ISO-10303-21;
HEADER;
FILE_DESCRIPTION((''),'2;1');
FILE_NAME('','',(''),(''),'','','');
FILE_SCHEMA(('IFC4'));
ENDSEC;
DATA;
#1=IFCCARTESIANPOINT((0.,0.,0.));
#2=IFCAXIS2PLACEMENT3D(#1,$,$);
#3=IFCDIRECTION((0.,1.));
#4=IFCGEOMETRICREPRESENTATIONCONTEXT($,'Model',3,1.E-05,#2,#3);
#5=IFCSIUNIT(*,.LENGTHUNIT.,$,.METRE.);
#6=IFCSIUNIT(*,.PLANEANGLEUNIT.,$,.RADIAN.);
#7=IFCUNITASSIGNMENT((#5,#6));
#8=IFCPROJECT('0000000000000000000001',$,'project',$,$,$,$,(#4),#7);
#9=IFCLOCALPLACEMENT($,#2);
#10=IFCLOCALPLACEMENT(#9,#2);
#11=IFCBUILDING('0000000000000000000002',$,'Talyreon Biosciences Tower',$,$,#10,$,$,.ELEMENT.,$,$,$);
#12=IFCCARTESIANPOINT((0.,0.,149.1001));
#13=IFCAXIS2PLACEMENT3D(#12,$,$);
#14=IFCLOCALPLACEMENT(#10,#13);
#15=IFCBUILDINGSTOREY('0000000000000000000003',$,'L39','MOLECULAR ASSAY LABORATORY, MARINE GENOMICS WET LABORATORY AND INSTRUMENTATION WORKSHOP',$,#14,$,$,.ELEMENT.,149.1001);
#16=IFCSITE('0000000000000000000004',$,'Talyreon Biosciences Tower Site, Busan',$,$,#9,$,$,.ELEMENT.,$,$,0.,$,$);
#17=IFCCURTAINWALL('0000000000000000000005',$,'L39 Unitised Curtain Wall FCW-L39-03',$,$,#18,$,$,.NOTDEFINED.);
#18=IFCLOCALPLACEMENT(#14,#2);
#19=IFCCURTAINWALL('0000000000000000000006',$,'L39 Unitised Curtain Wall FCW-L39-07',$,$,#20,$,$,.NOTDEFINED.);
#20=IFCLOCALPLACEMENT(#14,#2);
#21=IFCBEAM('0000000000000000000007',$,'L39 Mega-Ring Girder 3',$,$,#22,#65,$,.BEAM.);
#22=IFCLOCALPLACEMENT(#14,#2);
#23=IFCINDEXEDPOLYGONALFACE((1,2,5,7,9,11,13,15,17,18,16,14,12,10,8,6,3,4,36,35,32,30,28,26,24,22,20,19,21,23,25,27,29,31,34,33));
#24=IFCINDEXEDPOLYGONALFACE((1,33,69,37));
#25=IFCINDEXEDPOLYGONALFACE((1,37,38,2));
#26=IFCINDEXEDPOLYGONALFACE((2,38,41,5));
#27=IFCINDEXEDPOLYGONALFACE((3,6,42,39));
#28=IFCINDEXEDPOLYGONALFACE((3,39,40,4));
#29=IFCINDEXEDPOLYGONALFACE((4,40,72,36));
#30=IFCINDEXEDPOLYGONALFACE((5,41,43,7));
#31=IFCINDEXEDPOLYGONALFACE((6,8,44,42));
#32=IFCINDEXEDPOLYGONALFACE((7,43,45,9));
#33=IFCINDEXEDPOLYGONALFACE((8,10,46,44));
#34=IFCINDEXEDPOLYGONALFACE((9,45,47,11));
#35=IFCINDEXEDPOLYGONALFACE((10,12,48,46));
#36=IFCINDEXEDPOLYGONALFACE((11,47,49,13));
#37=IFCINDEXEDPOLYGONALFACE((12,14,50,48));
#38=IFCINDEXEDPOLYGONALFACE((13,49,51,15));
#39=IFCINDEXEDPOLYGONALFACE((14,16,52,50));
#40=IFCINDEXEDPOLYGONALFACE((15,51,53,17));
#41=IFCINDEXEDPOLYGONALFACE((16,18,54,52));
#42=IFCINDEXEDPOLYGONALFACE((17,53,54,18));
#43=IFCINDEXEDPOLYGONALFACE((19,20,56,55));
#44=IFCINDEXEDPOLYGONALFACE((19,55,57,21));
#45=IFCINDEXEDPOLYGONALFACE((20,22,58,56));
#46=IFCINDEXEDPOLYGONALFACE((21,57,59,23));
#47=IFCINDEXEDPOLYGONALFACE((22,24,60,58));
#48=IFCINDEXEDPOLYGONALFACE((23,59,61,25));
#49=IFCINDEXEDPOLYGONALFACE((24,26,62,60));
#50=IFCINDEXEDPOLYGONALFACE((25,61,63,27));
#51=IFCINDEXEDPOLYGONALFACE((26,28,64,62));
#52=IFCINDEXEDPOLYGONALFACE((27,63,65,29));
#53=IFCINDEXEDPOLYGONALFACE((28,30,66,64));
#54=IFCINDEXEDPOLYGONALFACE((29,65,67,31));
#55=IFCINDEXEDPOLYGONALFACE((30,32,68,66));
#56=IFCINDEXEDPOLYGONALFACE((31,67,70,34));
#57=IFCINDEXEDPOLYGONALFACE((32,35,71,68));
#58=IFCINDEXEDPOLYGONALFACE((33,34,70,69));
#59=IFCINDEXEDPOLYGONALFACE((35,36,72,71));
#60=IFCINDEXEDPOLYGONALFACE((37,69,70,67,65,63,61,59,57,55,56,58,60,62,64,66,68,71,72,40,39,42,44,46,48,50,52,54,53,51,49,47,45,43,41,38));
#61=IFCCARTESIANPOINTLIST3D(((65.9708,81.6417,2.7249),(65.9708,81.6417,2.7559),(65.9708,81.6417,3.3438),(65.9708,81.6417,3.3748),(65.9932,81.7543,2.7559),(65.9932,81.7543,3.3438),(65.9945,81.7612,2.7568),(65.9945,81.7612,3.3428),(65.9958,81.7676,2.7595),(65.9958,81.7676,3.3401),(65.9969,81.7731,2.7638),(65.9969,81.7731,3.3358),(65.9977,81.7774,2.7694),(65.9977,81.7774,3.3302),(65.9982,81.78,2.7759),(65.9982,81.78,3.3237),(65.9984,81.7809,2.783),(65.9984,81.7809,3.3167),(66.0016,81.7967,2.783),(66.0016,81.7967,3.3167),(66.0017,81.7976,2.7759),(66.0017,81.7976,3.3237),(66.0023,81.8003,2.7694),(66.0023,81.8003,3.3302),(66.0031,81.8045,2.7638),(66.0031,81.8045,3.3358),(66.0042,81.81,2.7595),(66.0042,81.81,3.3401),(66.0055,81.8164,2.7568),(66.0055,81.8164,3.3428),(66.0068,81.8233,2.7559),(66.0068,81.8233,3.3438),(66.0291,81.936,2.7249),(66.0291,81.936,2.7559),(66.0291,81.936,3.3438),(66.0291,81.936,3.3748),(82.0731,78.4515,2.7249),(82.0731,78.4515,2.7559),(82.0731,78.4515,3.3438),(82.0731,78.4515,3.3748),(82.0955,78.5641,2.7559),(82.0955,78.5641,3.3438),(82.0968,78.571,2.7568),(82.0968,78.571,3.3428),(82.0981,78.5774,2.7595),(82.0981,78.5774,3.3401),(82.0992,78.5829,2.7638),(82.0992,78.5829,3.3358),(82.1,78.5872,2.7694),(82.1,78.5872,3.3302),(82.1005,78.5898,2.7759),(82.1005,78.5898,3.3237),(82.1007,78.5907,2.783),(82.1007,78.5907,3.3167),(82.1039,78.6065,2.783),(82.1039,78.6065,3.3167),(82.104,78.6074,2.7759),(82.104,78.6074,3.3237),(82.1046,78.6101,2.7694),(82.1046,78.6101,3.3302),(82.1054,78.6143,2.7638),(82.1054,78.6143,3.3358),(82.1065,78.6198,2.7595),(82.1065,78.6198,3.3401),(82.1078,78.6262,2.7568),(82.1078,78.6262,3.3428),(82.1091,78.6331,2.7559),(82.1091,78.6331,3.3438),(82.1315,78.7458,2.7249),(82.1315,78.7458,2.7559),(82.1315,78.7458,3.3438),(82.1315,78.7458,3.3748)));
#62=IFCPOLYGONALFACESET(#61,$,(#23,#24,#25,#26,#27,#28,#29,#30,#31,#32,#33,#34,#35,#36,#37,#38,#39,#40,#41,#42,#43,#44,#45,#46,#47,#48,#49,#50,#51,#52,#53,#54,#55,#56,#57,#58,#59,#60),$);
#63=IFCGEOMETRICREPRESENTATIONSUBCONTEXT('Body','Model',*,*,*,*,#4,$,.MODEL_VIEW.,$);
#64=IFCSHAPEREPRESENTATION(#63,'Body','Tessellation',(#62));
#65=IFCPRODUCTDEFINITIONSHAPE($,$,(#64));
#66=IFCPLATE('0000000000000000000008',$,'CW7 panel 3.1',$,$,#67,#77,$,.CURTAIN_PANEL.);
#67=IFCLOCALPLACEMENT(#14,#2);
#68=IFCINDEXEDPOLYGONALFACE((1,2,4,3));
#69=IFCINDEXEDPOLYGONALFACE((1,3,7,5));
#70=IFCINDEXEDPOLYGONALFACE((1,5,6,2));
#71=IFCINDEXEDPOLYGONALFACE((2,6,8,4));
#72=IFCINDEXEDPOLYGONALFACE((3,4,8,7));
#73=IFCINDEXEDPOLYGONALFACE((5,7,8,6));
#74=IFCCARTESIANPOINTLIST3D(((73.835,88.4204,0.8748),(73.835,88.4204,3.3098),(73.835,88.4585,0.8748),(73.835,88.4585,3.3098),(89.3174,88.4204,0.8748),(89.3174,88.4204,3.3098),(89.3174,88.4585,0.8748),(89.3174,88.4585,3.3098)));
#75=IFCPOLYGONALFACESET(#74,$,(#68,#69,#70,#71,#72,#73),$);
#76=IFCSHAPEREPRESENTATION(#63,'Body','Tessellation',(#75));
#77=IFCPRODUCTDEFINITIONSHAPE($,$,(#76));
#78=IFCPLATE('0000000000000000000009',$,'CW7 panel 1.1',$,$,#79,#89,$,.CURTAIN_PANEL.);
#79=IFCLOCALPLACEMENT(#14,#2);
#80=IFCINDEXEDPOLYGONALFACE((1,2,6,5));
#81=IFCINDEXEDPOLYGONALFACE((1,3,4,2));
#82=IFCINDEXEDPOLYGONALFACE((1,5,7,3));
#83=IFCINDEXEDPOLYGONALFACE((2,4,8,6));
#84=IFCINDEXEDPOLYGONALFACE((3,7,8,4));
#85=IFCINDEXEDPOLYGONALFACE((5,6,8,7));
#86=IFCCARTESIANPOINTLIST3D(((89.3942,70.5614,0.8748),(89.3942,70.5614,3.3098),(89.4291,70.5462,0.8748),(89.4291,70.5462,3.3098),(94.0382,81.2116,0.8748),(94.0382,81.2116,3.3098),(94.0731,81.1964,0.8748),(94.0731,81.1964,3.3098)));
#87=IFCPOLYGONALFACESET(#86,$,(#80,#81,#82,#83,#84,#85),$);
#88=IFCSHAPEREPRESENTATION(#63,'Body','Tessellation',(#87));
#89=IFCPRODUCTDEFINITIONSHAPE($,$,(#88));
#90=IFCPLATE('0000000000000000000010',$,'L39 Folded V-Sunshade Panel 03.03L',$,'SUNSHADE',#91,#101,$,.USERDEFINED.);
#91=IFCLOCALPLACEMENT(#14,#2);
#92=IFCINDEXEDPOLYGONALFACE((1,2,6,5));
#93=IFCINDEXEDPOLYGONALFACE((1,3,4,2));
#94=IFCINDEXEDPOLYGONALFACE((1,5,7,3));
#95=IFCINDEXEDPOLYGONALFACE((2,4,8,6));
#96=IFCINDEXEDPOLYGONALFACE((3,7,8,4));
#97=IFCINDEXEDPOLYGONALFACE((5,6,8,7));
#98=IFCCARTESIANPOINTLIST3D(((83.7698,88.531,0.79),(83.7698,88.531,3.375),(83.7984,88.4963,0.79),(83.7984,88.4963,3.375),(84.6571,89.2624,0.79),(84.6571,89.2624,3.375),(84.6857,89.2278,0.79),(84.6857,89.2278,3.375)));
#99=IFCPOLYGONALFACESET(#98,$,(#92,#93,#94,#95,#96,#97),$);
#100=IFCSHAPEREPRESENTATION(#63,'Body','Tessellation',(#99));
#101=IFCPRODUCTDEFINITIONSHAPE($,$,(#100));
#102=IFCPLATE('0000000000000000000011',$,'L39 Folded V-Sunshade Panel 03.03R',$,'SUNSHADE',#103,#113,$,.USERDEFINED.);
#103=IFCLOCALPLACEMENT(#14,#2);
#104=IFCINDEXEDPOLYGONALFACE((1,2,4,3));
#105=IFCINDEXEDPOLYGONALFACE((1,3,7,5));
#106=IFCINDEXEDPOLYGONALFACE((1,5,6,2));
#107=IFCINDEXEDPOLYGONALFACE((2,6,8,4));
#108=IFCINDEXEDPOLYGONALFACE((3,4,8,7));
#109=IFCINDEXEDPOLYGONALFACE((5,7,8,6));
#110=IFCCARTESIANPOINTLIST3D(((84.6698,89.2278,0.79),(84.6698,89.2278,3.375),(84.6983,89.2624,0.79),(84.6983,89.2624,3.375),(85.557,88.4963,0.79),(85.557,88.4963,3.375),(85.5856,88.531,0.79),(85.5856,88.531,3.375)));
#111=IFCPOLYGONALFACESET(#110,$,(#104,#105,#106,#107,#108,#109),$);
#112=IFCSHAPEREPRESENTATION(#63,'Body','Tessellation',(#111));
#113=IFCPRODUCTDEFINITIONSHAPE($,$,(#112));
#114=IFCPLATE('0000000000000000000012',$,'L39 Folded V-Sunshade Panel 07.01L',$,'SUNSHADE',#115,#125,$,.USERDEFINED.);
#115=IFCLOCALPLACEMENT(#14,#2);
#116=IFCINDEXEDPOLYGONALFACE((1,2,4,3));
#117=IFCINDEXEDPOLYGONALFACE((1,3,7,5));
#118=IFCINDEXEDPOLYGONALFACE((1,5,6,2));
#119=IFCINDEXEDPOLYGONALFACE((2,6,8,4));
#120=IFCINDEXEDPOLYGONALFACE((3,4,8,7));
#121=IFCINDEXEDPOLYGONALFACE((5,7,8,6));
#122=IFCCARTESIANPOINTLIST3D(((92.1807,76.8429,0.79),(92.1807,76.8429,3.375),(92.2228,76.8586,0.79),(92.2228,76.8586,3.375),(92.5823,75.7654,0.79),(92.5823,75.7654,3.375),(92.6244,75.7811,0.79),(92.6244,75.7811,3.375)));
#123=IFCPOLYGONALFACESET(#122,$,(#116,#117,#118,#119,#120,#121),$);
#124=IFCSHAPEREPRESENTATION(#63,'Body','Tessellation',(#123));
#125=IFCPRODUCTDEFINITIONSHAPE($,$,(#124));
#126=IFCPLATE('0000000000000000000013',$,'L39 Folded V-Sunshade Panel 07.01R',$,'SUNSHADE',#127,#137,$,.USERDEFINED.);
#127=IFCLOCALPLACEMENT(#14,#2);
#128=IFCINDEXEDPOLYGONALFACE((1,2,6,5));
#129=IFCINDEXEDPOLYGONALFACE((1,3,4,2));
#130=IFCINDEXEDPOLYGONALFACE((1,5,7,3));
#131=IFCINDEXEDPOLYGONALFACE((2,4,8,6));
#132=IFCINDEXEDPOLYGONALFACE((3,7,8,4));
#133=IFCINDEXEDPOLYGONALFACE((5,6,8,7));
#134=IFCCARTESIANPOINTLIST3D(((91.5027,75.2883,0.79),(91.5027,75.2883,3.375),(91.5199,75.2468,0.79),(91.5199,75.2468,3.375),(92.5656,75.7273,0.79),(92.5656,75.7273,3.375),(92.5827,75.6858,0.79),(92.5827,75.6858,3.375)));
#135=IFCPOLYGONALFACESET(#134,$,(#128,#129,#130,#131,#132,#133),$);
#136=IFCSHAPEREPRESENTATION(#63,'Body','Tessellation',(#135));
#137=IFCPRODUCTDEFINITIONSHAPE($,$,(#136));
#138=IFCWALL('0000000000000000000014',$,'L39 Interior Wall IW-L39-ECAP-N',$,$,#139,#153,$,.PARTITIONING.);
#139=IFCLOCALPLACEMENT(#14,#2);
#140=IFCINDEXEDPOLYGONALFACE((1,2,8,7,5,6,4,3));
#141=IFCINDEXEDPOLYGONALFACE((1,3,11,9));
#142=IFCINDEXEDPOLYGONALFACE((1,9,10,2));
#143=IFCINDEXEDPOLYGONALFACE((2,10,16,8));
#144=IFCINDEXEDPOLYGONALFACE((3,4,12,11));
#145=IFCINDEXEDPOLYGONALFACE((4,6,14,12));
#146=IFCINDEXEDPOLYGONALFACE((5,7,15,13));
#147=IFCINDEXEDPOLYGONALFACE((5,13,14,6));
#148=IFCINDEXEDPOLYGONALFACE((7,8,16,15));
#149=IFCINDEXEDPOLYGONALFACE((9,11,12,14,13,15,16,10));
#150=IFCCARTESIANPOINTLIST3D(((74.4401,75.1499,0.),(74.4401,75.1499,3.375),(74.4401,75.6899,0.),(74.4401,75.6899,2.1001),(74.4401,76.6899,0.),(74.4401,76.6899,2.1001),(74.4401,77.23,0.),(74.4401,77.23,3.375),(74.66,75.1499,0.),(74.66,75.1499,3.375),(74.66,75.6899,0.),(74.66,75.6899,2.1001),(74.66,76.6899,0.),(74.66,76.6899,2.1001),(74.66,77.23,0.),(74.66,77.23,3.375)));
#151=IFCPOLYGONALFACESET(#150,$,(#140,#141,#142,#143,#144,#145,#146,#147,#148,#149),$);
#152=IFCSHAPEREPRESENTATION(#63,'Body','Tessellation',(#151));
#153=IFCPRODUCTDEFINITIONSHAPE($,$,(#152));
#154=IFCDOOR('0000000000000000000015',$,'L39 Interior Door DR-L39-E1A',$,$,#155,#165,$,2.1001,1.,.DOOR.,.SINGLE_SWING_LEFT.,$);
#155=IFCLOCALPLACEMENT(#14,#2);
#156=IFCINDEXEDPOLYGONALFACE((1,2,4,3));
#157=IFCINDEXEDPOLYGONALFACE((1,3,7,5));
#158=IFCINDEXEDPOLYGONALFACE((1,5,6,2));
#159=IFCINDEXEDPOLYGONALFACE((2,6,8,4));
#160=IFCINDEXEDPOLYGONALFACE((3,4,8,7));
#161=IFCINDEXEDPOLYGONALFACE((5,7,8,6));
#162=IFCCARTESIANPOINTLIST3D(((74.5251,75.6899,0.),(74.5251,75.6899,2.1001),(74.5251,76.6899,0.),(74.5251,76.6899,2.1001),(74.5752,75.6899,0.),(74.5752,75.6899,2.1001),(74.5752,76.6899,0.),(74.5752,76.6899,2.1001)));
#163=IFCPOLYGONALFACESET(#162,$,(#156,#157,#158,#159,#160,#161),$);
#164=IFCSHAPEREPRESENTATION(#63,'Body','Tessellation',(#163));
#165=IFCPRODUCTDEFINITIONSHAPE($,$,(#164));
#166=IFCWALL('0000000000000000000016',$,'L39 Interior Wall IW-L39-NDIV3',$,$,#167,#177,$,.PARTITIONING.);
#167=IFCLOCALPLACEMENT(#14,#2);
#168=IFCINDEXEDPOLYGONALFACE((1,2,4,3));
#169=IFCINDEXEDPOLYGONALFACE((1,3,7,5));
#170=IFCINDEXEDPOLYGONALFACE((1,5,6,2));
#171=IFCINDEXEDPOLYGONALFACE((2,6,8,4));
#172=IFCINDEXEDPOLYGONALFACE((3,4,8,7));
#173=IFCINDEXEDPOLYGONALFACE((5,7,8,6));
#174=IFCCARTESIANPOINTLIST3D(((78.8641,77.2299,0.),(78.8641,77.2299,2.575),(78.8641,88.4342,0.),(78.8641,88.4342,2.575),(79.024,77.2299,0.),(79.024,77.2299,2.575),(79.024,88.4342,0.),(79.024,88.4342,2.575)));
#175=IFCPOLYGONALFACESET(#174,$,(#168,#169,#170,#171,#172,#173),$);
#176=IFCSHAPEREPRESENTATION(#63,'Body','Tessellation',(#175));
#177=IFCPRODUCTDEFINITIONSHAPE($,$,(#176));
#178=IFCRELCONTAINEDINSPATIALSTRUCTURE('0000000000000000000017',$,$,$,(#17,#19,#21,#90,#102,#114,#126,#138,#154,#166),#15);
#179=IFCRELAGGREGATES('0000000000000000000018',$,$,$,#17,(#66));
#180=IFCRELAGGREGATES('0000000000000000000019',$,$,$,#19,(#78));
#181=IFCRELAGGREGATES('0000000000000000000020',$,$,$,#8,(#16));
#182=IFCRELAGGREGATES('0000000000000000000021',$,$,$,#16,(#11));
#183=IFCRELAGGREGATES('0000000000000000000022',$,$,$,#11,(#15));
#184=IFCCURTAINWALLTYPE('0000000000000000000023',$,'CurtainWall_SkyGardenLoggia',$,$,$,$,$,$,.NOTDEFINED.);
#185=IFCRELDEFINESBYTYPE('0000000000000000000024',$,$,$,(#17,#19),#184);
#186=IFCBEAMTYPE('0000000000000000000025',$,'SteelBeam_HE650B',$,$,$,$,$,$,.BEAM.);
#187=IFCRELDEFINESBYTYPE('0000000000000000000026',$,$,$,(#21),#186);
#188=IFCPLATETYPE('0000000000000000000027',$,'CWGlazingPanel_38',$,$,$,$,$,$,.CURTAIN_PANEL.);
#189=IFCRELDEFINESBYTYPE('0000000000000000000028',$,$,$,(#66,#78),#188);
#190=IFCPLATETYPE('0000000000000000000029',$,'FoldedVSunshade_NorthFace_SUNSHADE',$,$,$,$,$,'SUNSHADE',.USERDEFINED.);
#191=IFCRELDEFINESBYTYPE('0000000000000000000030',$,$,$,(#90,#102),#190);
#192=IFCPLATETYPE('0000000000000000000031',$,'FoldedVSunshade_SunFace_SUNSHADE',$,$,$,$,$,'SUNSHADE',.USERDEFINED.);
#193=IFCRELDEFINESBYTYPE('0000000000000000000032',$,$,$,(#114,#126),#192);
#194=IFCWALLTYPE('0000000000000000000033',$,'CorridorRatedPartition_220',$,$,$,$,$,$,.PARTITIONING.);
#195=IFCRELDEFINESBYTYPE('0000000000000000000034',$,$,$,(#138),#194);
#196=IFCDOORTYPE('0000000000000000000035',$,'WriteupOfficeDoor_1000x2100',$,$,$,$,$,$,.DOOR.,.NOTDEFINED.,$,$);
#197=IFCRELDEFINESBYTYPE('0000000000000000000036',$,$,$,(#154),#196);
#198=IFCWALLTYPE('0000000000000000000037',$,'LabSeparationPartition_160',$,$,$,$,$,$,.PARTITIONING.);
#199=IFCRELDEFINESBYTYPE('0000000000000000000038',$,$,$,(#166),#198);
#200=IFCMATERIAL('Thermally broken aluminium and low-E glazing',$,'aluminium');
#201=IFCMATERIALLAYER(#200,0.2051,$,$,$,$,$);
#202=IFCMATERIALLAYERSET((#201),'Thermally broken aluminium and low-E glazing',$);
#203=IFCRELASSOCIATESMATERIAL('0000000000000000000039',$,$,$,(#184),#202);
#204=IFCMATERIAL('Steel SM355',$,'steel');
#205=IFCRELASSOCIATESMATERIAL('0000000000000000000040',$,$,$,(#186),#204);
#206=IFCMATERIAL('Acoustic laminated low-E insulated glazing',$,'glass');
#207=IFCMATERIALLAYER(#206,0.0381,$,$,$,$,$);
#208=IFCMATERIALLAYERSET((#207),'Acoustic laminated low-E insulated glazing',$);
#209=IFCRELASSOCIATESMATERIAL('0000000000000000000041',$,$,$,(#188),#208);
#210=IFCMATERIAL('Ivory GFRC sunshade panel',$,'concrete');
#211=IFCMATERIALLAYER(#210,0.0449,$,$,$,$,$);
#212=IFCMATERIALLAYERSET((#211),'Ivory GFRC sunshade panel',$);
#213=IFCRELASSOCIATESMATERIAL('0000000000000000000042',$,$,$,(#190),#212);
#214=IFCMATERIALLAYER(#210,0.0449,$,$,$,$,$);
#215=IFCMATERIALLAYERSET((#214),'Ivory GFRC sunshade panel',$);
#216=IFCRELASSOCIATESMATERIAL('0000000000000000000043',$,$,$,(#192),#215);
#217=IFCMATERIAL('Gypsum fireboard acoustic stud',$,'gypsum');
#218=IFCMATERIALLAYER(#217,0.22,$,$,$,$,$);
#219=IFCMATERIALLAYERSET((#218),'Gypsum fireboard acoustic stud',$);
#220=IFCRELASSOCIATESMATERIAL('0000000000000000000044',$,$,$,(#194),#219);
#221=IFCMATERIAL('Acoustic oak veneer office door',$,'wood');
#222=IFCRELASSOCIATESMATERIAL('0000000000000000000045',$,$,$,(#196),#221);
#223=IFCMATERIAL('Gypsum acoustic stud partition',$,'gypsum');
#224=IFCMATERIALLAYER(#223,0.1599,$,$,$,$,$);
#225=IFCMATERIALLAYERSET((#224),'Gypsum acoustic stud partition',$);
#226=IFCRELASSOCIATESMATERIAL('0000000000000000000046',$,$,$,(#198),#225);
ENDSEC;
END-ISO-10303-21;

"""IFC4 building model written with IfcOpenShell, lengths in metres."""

from ifc_helpers import new_model, si_unit, direction, frame, frame_2d, origin, origin_2d, place, context, subcontext, project, spatial, rectangle, i_section, extrude, material, layer, layer_set, material_profile, profile_set, type_object, element, fill, aggregate, save


model = new_model("IFC4")

# Units and contexts
model_context = context("Model", 3, precision=1e-05, world=origin(), true_north=direction((0.0, 1.0)))
body_context = subcontext(model_context, "Body", "Model", "MODEL_VIEW")
ifc_project = project(units=[si_unit("LENGTHUNIT", "METRE"), si_unit("PLANEANGLEUNIT", "RADIAN")], contexts=[model_context])

# Site, building, storey
site_placement = place(None, origin())
site = spatial("IfcSite", under=ifc_project, at=site_placement, Name="Talyreon Biosciences Tower Site, Busan", CompositionType="ELEMENT", RefElevation=0.0)
building_placement = place(site_placement, origin())
building = spatial("IfcBuilding", under=site, at=building_placement, Name="Talyreon Biosciences Tower", CompositionType="ELEMENT")
storey_placement = place(building_placement, frame((0.0, 0.0, 149.1001)))
storey = spatial("IfcBuildingStorey", under=building, at=storey_placement, Name="L39", Description="MOLECULAR ASSAY LABORATORY, MARINE GENOMICS WET LABORATORY AND INSTRUMENTATION WORKSHOP", CompositionType="ELEMENT", Elevation=149.1001)

# Curtain wall
ifc_material_1 = material(Name="Thermally broken aluminium and low-E glazing", Category="aluminium")
ifc_layer_1 = layer(ifc_material_1, 0.2051)
ifc_layer_set_1 = layer_set([ifc_layer_1], Name="Thermally broken aluminium and low-E glazing")
curtain_wall_type = type_object("IfcCurtainWallType", Name="CurtainWall_SkyGardenLoggia", PredefinedType="NOTDEFINED", material=ifc_layer_set_1)
curtain_wall_1_placement = place(storey_placement, origin())
curtain_wall_1 = element("IfcCurtainWall", 1, at=curtain_wall_1_placement, inside=storey, type_object=curtain_wall_type, Name="L39 Unitised Curtain Wall FCW-L39-03", PredefinedType="NOTDEFINED")

# Curtain wall
curtain_wall_2_placement = place(storey_placement, origin())
curtain_wall_2 = element("IfcCurtainWall", 2, at=curtain_wall_2_placement, inside=storey, type_object=curtain_wall_type, Name="L39 Unitised Curtain Wall FCW-L39-07", PredefinedType="NOTDEFINED")

# Beam
ifc_material_2 = material(Name="Steel SM355", Category="steel")
ifc_material_profile_1 = material_profile(ifc_material_2, i_section(OverallWidth=0.3, OverallDepth=0.6499, WebThickness=0.0161, FlangeThickness=0.031, FilletRadius=0.0271, at=origin_2d()), Name="HE650B")
ifc_profile_set_1 = profile_set([ifc_material_profile_1], Name="Steel SM355")
beam_type_1 = type_object("IfcBeamType", Name="SteelBeam_HE650B", PredefinedType="BEAM", material=ifc_profile_set_1)
beam_1_placement = place(storey_placement, frame((82.1023, 78.5986, 3.0498), z_axis=(-0.980934, 0.194343, 0.0), x_axis=(-0.194343, -0.980934, 0.0)))
element("IfcBeam", 3, at=beam_1_placement, inside=storey, type_object=beam_type_1, Name="L39 Mega-Ring Girder 3", PredefinedType="BEAM", context=body_context, shape_type="SweptSolid", body=[
    extrude(i_section(OverallWidth=0.3, OverallDepth=0.6499, WebThickness=0.0161, FlangeThickness=0.031, FilletRadius=0.0271, at=origin_2d()), origin(), (0.0, 0.0, 1.0), 16.4153),
])

# Plates
ifc_material_3 = material(Name="Acoustic laminated low-E insulated glazing", Category="glass")
ifc_layer_2 = layer(ifc_material_3, 0.0381)
ifc_layer_set_2 = layer_set([ifc_layer_2], Name="Acoustic laminated low-E insulated glazing")
plate_type_1 = type_object("IfcPlateType", Name="CWGlazingPanel_38", PredefinedType="CURTAIN_PANEL", material=ifc_layer_set_2)
plate_1_placement = place(storey_placement, frame((81.5762, 88.4395, 0.8748), z_axis=(0.0, 0.0, 1.0), x_axis=(1.0, 0.0, 0.0)))
plate_1 = element("IfcPlate", 4, at=plate_1_placement, type_object=plate_type_1, Name="CW7 panel 3.1", PredefinedType="CURTAIN_PANEL", context=body_context, shape_type="SweptSolid", body=[
    extrude(rectangle(XDim=15.4824, YDim=0.0381, at=origin_2d()), origin(), (0.0, 0.0, 1.0), 2.4351),
])
aggregate(curtain_wall_1, [plate_1])
plate_2_placement = place(storey_placement, frame((91.7336, 75.8789, 0.8748), z_axis=(0.0, 0.0, 1.0), x_axis=(-0.399698, -0.916647, 0.0)))
plate_2 = element("IfcPlate", 5, at=plate_2_placement, type_object=plate_type_1, Name="CW7 panel 1.1", PredefinedType="CURTAIN_PANEL", context=body_context, shape_type="SweptSolid", body=[
    extrude(rectangle(XDim=11.6187, YDim=0.0381, at=origin_2d()), origin(), (0.0, 0.0, 1.0), 2.4351),
])
aggregate(curtain_wall_2, [plate_2])

# Plates
ifc_material_4 = material(Name="Ivory GFRC sunshade panel", Category="concrete")
ifc_layer_3 = layer(ifc_material_4, 0.0449)
ifc_layer_set_3 = layer_set([ifc_layer_3], Name="Ivory GFRC sunshade panel")
plate_type_2 = type_object("IfcPlateType", Name="FoldedVSunshade_NorthFace_SUNSHADE", ElementType="SUNSHADE", PredefinedType="USERDEFINED", material=ifc_layer_set_3)
for number, where, z_axis, x_axis, name in (
    (6, (84.2278, 88.8794, 0.79), (0.0, 0.0, 1.0), (0.771625, 0.636078, 0.0), "L39 Folded V-Sunshade Panel 03.03L"),
    (7, (85.1277, 88.8794, 0.79), (0.0, 0.0, 1.0), (0.771625, -0.636078, 0.0), "L39 Folded V-Sunshade Panel 03.03R"),
):
    element("IfcPlate", number, at=place(storey_placement, frame(where, z_axis=z_axis, x_axis=x_axis)), inside=storey, type_object=plate_type_2, Name=name, ObjectType="SUNSHADE", PredefinedType="USERDEFINED", context=body_context, shape_type="SweptSolid", body=[
        extrude(rectangle(XDim=1.1499, YDim=0.0449, at=origin_2d()), origin(), (0.0, 0.0, 1.0), 2.585),
    ])
ifc_layer_4 = layer(ifc_material_4, 0.0449)
ifc_layer_set_4 = layer_set([ifc_layer_4], Name="Ivory GFRC sunshade panel")
plate_type_3 = type_object("IfcPlateType", Name="FoldedVSunshade_SunFace_SUNSHADE", ElementType="SUNSHADE", PredefinedType="USERDEFINED", material=ifc_layer_set_4)
for number, where, z_axis, x_axis, name in (
    (8, (92.4026, 76.312, 0.79), (0.0, 0.0, 1.0), (0.349243, -0.937032, 0.0), "L39 Folded V-Sunshade Panel 07.01L"),
    (9, (92.0427, 75.4871, 0.79), (0.0, 0.0, 1.0), (-0.924273, -0.381732, 0.0), "L39 Folded V-Sunshade Panel 07.01R"),
):
    element("IfcPlate", number, at=place(storey_placement, frame(where, z_axis=z_axis, x_axis=x_axis)), inside=storey, type_object=plate_type_3, Name=name, ObjectType="SUNSHADE", PredefinedType="USERDEFINED", context=body_context, shape_type="SweptSolid", body=[
        extrude(rectangle(XDim=1.1499, YDim=0.0449, at=origin_2d()), origin(), (0.0, 0.0, 1.0), 2.585),
    ])

# Wall, opening, door
ifc_material_5 = material(Name="Gypsum fireboard acoustic stud", Category="gypsum")
ifc_layer_5 = layer(ifc_material_5, 0.22)
ifc_layer_set_5 = layer_set([ifc_layer_5], Name="Gypsum fireboard acoustic stud")
wall_type_1 = type_object("IfcWallType", Name="CorridorRatedPartition_220", PredefinedType="PARTITIONING", material=ifc_layer_set_5)
wall_1_placement = place(storey_placement, frame((74.55, 75.1499, 0.0), z_axis=(0.0, 0.0, 1.0), x_axis=(0.0, 1.0, 0.0)))
wall_1 = element("IfcWall", 10, at=wall_1_placement, inside=storey, type_object=wall_type_1, Name="L39 Interior Wall IW-L39-ECAP-N", PredefinedType="PARTITIONING", context=body_context, shape_type="SweptSolid", body=[
    extrude(rectangle(XDim=2.0801, YDim=0.22, at=frame_2d((1.04, 0.0))), origin(), (0.0, 0.0, 1.0), 3.375),
])
opening_placement = place(wall_1_placement, frame((0.54, 0.0, 0.0)))
opening = element("IfcOpeningElement", 11, at=opening_placement, cuts=wall_1, PredefinedType="OPENING", context=body_context, shape_type="SweptSolid", body=[
    extrude(rectangle(XDim=1.0, YDim=2.1001, at=frame_2d((0.5, 1.05))), frame((0.0, 0.1199, 0.0), z_axis=(0.0, -1.0, 0.0), x_axis=(1.0, 0.0, 0.0)), (0.0, 0.0, 1.0), 0.24),
])
ifc_material_6 = material(Name="Acoustic oak veneer office door", Category="wood")
door_type = type_object("IfcDoorType", Name="WriteupOfficeDoor_1000x2100", OperationType="NOTDEFINED", PredefinedType="DOOR", material=ifc_material_6)
door_placement = place(opening_placement, origin())
door = element("IfcDoor", 12, at=door_placement, inside=storey, type_object=door_type, Name="L39 Interior Door DR-L39-E1A", OperationType="SINGLE_SWING_LEFT", OverallHeight=2.1001, OverallWidth=1.0, PredefinedType="DOOR", context=body_context, shape_type="SweptSolid", body=[
    extrude(rectangle(XDim=1.0, YDim=2.1001, at=frame_2d((0.5, 1.05))), frame((0.0, 0.0249, 0.0), z_axis=(0.0, -1.0, 0.0), x_axis=(1.0, 0.0, 0.0)), (0.0, 0.0, 1.0), 0.05),
])
fill(opening, door)

# Wall
ifc_material_7 = material(Name="Gypsum acoustic stud partition", Category="gypsum")
ifc_layer_6 = layer(ifc_material_7, 0.1599)
ifc_layer_set_6 = layer_set([ifc_layer_6], Name="Gypsum acoustic stud partition")
wall_type_2 = type_object("IfcWallType", Name="LabSeparationPartition_160", PredefinedType="PARTITIONING", material=ifc_layer_set_6)
wall_2_placement = place(storey_placement, frame((78.9441, 77.23, 0.0), z_axis=(0.0, 0.0, 1.0), x_axis=(0.0, 1.0, 0.0)))
element("IfcWall", 13, at=wall_2_placement, inside=storey, type_object=wall_type_2, Name="L39 Interior Wall IW-L39-NDIV3", PredefinedType="PARTITIONING", context=body_context, shape_type="SweptSolid", body=[
    extrude(rectangle(XDim=11.2043, YDim=0.1599, at=frame_2d((5.6021, 0.0))), origin(), (0.0, 0.0, 1.0), 2.575),
])

save(model, "model.ifc")
